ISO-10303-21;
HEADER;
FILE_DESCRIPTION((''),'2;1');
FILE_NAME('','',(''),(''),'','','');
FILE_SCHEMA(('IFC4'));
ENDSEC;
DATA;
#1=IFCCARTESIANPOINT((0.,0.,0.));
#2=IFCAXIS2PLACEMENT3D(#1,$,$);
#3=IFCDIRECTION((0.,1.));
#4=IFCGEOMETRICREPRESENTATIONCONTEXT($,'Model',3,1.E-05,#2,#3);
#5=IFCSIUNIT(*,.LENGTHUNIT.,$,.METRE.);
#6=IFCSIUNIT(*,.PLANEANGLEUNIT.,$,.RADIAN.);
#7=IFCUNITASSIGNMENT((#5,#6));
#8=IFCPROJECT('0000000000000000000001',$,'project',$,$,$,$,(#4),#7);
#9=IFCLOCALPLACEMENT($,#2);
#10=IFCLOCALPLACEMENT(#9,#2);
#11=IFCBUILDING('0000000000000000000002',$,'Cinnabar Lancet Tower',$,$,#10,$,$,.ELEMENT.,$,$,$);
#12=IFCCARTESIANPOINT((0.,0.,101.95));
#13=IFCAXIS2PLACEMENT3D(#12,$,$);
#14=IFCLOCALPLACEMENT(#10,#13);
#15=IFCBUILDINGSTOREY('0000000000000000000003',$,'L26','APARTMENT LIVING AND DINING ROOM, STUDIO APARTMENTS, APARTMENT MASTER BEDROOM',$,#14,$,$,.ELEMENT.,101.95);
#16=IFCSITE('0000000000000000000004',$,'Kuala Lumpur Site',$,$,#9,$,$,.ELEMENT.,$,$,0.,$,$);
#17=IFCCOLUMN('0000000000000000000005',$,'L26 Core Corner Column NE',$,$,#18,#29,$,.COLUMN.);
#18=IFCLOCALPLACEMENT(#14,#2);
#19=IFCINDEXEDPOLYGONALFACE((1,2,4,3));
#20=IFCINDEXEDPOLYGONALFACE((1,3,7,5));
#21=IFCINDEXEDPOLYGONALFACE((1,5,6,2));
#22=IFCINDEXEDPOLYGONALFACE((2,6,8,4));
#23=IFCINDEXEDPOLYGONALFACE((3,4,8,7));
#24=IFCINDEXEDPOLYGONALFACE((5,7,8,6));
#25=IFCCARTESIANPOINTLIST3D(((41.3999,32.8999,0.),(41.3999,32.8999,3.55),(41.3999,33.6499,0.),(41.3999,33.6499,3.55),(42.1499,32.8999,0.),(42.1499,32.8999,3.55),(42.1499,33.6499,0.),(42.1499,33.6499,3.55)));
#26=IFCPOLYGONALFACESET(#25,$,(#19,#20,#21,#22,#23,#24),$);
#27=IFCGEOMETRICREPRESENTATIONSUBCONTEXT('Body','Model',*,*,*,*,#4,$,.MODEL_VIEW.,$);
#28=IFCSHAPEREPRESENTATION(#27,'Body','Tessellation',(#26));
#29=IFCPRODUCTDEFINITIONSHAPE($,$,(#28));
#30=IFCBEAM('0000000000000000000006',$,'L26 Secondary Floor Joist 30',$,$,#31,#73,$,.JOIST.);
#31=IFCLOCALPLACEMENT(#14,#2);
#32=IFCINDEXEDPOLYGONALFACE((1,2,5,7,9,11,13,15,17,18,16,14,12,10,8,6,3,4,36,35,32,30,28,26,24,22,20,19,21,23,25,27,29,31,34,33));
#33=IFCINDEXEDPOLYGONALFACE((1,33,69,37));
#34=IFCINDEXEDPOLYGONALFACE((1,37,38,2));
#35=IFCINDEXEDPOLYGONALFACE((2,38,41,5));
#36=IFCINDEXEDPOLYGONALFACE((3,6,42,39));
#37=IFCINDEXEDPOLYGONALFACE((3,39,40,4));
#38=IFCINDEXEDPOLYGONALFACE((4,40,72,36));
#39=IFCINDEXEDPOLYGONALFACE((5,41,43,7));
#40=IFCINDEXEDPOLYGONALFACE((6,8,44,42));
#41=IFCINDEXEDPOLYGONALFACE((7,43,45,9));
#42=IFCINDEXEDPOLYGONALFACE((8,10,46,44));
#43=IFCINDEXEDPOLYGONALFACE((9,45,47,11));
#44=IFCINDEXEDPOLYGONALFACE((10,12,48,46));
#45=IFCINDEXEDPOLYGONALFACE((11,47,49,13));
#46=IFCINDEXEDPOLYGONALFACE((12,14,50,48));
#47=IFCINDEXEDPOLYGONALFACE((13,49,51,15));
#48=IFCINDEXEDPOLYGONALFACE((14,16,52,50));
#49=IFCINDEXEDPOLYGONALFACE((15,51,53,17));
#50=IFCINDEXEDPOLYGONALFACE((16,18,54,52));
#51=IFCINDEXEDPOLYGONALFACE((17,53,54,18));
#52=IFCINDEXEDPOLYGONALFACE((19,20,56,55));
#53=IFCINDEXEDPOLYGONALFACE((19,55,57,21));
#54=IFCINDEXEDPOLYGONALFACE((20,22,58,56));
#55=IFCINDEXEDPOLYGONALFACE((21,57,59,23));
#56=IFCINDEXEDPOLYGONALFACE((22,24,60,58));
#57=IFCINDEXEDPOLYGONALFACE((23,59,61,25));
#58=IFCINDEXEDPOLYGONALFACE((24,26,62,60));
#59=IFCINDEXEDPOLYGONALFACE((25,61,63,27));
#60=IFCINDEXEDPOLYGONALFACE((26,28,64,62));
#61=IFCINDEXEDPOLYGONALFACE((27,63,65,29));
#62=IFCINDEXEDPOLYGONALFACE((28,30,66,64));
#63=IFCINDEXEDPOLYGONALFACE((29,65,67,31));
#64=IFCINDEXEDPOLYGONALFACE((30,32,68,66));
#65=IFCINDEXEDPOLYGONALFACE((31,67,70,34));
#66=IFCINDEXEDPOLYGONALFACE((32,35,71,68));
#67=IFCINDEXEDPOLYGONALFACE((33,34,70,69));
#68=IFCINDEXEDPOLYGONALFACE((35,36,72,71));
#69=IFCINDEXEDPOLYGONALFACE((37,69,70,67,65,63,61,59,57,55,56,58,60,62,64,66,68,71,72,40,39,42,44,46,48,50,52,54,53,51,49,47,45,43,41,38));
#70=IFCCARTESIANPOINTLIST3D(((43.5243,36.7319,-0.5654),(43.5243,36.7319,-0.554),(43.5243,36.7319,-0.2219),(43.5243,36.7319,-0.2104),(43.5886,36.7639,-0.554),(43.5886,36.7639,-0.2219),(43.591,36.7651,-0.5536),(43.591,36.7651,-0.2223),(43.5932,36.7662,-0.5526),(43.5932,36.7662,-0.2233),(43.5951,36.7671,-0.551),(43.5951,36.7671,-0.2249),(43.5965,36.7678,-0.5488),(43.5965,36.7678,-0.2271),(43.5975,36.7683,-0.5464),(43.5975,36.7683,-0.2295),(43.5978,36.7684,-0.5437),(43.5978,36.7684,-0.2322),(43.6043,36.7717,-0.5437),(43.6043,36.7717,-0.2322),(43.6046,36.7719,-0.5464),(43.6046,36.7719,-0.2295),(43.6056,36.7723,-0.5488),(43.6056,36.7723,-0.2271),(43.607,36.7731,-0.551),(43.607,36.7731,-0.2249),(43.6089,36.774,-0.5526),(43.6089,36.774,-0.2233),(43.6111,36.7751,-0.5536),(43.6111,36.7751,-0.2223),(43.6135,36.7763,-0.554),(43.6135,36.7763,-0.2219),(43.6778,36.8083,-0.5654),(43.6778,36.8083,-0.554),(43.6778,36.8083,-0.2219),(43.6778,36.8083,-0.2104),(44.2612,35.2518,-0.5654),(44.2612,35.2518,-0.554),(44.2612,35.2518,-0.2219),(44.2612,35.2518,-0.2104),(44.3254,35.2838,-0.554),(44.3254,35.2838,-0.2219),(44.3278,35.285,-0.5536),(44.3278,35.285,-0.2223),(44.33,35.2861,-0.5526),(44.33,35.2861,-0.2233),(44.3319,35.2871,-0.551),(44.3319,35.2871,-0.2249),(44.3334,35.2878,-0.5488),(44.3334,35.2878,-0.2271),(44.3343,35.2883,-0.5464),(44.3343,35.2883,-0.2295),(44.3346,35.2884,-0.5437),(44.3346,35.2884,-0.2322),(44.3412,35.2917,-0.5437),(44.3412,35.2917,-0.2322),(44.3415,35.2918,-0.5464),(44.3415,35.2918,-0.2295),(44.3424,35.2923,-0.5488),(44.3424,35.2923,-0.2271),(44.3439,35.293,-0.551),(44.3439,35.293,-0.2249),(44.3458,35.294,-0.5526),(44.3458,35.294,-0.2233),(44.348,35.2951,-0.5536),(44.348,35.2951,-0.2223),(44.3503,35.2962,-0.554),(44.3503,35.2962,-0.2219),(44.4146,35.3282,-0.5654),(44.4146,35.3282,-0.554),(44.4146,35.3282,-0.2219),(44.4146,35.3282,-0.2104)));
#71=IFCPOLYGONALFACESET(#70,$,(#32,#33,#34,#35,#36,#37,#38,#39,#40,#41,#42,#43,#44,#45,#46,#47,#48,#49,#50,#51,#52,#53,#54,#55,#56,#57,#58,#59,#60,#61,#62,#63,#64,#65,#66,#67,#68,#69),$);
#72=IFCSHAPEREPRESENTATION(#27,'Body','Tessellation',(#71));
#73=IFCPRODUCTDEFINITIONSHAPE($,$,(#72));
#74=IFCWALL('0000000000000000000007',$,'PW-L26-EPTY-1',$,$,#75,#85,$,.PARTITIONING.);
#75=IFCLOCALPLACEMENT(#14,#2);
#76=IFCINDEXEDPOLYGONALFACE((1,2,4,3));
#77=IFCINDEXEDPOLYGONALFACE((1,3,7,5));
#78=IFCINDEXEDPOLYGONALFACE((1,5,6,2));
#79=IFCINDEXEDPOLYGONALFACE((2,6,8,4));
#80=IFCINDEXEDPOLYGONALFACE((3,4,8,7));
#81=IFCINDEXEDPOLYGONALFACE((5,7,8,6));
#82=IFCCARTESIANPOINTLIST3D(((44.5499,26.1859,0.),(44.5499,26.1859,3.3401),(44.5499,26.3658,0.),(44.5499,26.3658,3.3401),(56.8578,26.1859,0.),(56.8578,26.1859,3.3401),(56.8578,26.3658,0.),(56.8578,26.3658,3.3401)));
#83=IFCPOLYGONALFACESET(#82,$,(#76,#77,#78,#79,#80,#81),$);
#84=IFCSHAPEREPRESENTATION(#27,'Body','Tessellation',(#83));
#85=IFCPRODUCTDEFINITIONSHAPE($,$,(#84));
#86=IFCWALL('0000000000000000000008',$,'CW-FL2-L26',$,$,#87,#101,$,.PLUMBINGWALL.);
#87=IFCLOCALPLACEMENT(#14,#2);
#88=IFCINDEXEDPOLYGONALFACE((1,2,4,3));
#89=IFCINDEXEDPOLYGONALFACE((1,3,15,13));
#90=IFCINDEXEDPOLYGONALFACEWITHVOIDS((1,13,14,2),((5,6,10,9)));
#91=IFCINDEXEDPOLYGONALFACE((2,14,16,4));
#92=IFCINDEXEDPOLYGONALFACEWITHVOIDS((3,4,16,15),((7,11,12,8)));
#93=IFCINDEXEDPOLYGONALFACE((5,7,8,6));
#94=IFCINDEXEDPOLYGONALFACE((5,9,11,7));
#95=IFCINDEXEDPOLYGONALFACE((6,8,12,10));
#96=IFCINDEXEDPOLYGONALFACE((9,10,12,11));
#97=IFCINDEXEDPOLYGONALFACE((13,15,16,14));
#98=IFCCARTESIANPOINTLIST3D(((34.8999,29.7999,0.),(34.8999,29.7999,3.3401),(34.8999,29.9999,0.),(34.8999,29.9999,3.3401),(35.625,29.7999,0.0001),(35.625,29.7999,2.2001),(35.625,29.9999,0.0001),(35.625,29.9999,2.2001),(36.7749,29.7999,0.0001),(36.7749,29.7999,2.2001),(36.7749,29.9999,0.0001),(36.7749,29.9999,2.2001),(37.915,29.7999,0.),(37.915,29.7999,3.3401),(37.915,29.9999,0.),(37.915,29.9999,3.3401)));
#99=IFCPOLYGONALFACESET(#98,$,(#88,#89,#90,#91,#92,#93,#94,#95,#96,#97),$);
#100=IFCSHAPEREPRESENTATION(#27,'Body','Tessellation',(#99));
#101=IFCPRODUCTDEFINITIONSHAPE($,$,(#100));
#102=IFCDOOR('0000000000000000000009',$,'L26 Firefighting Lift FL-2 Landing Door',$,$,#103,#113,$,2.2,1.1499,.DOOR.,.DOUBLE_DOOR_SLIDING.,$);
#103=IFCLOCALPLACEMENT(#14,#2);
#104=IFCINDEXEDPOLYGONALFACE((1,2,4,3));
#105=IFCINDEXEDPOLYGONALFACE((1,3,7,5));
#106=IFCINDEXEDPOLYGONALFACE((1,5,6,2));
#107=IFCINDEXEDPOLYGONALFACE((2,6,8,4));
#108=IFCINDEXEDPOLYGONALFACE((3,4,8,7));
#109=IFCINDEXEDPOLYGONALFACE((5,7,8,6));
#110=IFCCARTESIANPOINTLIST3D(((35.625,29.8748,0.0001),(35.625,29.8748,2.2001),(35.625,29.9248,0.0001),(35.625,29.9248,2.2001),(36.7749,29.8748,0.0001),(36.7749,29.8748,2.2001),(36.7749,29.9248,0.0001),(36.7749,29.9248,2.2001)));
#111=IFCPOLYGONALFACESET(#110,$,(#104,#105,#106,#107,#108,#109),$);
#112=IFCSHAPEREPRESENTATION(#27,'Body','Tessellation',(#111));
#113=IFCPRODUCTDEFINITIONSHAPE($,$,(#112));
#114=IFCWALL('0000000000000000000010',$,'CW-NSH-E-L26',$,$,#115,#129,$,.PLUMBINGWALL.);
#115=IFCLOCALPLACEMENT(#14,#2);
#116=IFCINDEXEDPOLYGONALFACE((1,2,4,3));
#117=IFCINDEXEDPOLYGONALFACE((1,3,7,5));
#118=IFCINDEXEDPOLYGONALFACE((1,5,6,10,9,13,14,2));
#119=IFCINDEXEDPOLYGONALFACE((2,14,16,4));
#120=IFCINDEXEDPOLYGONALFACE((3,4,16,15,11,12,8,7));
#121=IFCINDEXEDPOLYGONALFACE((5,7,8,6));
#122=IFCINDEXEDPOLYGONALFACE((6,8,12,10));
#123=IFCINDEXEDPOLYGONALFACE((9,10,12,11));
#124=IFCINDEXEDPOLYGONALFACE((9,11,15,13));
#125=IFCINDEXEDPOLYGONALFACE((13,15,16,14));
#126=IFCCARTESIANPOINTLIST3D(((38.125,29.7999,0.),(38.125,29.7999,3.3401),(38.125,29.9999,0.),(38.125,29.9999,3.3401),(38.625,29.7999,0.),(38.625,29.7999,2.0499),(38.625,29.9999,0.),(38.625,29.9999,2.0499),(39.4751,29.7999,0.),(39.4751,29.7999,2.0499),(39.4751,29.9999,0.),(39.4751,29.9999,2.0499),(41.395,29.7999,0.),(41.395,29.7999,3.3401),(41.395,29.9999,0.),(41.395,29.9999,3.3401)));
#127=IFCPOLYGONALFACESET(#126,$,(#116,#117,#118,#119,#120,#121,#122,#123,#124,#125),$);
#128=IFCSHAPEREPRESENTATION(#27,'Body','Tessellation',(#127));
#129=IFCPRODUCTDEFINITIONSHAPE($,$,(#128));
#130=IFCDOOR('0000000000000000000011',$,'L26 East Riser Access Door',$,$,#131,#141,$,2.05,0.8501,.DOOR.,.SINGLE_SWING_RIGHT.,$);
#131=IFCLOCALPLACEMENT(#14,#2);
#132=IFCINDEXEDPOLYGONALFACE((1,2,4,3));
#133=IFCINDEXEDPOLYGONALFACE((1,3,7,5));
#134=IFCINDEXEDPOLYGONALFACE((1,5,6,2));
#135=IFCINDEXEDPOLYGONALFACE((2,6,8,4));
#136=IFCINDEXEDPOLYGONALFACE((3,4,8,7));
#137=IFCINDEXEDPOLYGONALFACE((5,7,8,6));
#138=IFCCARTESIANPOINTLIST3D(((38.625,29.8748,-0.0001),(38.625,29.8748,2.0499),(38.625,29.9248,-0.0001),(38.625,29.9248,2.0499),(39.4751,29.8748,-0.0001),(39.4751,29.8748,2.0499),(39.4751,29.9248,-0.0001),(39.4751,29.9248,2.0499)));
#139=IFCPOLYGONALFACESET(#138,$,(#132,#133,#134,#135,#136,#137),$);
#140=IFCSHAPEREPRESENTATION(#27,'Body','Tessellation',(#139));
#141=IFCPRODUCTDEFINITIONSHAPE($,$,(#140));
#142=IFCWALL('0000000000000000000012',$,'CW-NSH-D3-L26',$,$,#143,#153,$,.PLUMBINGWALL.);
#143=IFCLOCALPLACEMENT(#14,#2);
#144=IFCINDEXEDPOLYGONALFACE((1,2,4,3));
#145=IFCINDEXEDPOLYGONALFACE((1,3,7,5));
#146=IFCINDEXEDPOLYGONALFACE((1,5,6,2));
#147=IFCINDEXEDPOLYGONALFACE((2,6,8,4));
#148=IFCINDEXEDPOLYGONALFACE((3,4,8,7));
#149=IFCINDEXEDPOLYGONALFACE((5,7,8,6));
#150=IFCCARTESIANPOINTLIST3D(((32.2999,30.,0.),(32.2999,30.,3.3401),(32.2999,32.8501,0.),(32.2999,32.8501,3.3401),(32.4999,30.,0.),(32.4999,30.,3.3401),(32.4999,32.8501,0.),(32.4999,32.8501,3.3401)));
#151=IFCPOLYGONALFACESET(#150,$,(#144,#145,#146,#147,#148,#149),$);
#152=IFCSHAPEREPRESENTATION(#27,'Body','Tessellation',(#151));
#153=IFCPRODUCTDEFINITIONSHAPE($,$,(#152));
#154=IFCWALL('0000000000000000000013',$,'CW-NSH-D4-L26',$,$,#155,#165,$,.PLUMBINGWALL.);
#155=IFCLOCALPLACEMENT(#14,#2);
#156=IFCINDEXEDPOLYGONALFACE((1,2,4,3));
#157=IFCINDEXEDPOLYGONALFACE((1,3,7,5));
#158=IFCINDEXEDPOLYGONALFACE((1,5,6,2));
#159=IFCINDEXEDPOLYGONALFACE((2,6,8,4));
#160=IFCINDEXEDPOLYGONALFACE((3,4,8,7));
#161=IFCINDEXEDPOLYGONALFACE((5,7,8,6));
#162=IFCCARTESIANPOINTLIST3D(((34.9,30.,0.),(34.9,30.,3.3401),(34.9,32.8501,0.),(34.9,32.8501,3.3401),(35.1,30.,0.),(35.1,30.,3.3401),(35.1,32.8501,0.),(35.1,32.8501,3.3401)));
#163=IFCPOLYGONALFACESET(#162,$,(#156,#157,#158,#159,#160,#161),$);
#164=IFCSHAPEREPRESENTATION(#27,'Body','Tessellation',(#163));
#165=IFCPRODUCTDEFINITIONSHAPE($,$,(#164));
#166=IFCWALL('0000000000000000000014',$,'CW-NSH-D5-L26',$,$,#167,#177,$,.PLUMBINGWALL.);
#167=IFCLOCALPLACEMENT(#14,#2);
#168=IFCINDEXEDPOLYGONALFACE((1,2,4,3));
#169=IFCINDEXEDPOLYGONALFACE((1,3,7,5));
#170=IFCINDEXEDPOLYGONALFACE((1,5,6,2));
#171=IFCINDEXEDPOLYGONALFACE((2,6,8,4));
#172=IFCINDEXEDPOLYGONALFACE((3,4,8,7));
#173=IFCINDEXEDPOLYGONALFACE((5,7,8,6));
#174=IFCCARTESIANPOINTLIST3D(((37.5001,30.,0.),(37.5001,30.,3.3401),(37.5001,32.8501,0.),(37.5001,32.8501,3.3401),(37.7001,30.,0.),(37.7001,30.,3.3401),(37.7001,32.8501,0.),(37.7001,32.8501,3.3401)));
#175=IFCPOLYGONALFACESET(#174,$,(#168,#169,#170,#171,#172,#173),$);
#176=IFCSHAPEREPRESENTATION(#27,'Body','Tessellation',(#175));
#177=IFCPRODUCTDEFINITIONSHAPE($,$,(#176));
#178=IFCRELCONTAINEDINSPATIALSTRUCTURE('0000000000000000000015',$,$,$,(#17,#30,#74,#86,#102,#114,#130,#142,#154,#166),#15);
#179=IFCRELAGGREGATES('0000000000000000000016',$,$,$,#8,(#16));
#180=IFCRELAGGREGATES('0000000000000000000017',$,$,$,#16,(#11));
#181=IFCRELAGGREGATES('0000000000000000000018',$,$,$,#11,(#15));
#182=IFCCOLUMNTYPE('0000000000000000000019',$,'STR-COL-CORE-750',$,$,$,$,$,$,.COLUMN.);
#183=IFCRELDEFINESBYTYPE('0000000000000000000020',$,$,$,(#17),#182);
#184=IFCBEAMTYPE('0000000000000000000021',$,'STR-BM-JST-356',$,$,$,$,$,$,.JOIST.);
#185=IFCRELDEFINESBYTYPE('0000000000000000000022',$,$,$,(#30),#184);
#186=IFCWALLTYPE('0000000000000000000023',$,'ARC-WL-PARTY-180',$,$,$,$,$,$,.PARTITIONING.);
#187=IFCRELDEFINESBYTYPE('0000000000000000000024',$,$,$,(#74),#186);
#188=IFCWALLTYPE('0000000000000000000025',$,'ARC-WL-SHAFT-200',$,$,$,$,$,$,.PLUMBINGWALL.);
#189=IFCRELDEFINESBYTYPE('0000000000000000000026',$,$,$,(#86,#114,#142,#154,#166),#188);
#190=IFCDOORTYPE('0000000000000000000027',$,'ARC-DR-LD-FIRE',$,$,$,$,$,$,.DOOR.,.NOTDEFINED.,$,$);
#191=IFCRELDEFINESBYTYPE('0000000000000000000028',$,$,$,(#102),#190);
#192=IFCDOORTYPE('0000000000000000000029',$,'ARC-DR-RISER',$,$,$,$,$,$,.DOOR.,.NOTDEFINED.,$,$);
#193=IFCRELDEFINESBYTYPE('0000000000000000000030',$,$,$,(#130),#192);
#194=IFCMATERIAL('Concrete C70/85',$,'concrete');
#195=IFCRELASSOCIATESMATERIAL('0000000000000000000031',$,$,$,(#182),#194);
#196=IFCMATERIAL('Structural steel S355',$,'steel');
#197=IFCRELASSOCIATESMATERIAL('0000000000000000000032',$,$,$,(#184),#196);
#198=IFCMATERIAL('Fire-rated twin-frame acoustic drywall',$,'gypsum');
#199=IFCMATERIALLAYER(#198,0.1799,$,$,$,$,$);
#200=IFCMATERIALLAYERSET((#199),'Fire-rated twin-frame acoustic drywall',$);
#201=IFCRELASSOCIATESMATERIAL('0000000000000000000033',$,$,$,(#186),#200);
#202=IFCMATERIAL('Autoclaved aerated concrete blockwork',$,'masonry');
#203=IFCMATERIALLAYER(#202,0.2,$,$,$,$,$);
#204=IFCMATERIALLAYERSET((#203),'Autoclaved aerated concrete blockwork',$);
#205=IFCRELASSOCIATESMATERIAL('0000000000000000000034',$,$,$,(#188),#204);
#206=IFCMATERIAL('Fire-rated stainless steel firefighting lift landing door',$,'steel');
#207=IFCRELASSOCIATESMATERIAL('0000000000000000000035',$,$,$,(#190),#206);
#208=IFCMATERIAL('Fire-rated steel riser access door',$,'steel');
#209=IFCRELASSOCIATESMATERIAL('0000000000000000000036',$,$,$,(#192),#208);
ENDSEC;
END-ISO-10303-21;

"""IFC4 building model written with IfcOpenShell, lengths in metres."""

from ifc_helpers import new_model, si_unit, direction, frame, frame_2d, origin, origin_2d, place, context, subcontext, project, spatial, rectangle, i_section, extrude, material, layer, layer_set, material_profile, profile_set, type_object, element, fill, save


model = new_model("IFC4")

# Units and contexts
model_context = context("Model", 3, precision=1e-05, world=origin(), true_north=direction((0.0, 1.0)))
body_context = subcontext(model_context, "Body", "Model", "MODEL_VIEW")
ifc_project = project(units=[si_unit("LENGTHUNIT", "METRE"), si_unit("PLANEANGLEUNIT", "RADIAN")], contexts=[model_context])

# Site, building, storey
site_placement = place(None, origin())
site = spatial("IfcSite", under=ifc_project, at=site_placement, Name="Kuala Lumpur Site", CompositionType="ELEMENT", RefElevation=0.0)
building_placement = place(site_placement, origin())
building = spatial("IfcBuilding", under=site, at=building_placement, Name="Cinnabar Lancet Tower", CompositionType="ELEMENT")
storey_placement = place(building_placement, frame((0.0, 0.0, 101.95)))
storey = spatial("IfcBuildingStorey", under=building, at=storey_placement, Name="L26", Description="APARTMENT LIVING AND DINING ROOM, STUDIO APARTMENTS, APARTMENT MASTER BEDROOM", CompositionType="ELEMENT", Elevation=101.95)

# Column
ifc_material_1 = material(Name="Concrete C70/85", Category="concrete")
ifc_material_profile_1 = material_profile(ifc_material_1, rectangle(XDim=0.75, YDim=0.75, at=origin_2d()), Name="RC-COL 750x750")
ifc_profile_set_1 = profile_set([ifc_material_profile_1], Name="Concrete C70/85")
column_type = type_object("IfcColumnType", Name="STR-COL-CORE-750", PredefinedType="COLUMN", material=ifc_profile_set_1)
column_placement = place(storey_placement, frame((41.7749, 33.2749, 0.0), z_axis=(0.0, 0.0, 1.0), x_axis=(1.0, 0.0, 0.0)))
element("IfcColumn", 1, at=column_placement, inside=storey, type_object=column_type, Name="L26 Core Corner Column NE", PredefinedType="COLUMN", context=body_context, shape_type="SweptSolid", body=[
    extrude(rectangle(XDim=0.75, YDim=0.75, at=origin_2d()), origin(), (0.0, 0.0, 1.0), 3.55),
])

# Beam
ifc_material_2 = material(Name="Structural steel S355", Category="steel")
ifc_material_profile_2 = material_profile(ifc_material_2, i_section(OverallWidth=0.1714, OverallDepth=0.355, WebThickness=0.0073, FlangeThickness=0.0115, FilletRadius=0.0103, at=origin_2d()), Name="UKB 356x171x51")
ifc_profile_set_2 = profile_set([ifc_material_profile_2], Name="Structural steel S355")
beam_type = type_object("IfcBeamType", Name="STR-BM-JST-356", PredefinedType="JOIST", material=ifc_profile_set_2)
beam_placement = place(storey_placement, frame((44.3379, 35.29, -0.3879), z_axis=(-0.445677, 0.895194, 0.0), x_axis=(-0.895194, -0.445677, 0.0)))
element("IfcBeam", 2, at=beam_placement, inside=storey, type_object=beam_type, Name="L26 Secondary Floor Joist 30", PredefinedType="JOIST", context=body_context, shape_type="SweptSolid", body=[
    extrude(i_section(OverallWidth=0.1714, OverallDepth=0.355, WebThickness=0.0073, FlangeThickness=0.0115, FilletRadius=0.0103, at=origin_2d()), origin(), (0.0, 0.0, 1.0), 1.6533),
])

# Wall
ifc_material_3 = material(Name="Fire-rated twin-frame acoustic drywall", Category="gypsum")
ifc_layer_1 = layer(ifc_material_3, 0.1799)
ifc_layer_set_1 = layer_set([ifc_layer_1], Name="Fire-rated twin-frame acoustic drywall")
wall_type_1 = type_object("IfcWallType", Name="ARC-WL-PARTY-180", PredefinedType="PARTITIONING", material=ifc_layer_set_1)
wall_1_placement = place(storey_placement, frame((44.55, 26.2759, 0.0), z_axis=(0.0, 0.0, 1.0), x_axis=(1.0, 0.0, 0.0)))
element("IfcWall", 3, at=wall_1_placement, inside=storey, type_object=wall_type_1, Name="PW-L26-EPTY-1", PredefinedType="PARTITIONING", context=body_context, shape_type="SweptSolid", body=[
    extrude(rectangle(XDim=12.3079, YDim=0.1799, at=frame_2d((6.1538, 0.0))), origin(), (0.0, 0.0, 1.0), 3.3401),
])

# Walls, openings, doors
ifc_material_4 = material(Name="Autoclaved aerated concrete blockwork", Category="masonry")
ifc_layer_2 = layer(ifc_material_4, 0.2)
ifc_layer_set_2 = layer_set([ifc_layer_2], Name="Autoclaved aerated concrete blockwork")
wall_type_2 = type_object("IfcWallType", Name="ARC-WL-SHAFT-200", PredefinedType="PLUMBINGWALL", material=ifc_layer_set_2)
wall_2_placement = place(storey_placement, frame((34.8999, 29.8999, 0.0), z_axis=(0.0, 0.0, 1.0), x_axis=(1.0, 0.0, 0.0)))
wall_2 = element("IfcWall", 4, at=wall_2_placement, inside=storey, type_object=wall_type_2, Name="CW-FL2-L26", PredefinedType="PLUMBINGWALL", context=body_context, shape_type="SweptSolid", body=[
    extrude(rectangle(XDim=3.0151, YDim=0.2, at=frame_2d((1.5076, 0.0))), origin(), (0.0, 0.0, 1.0), 3.3401),
])
opening_1_placement = place(wall_2_placement, frame((0.7251, 0.0, 0.0)))
opening_1 = element("IfcOpeningElement", 5, at=opening_1_placement, cuts=wall_2, PredefinedType="OPENING", context=body_context, shape_type="SweptSolid", body=[
    extrude(rectangle(XDim=1.1499, YDim=2.2, at=frame_2d((0.575, 1.1001))), frame((0.0, 0.1099, 0.0), z_axis=(0.0, -1.0, 0.0), x_axis=(1.0, 0.0, 0.0)), (0.0, 0.0, 1.0), 0.22),
])
ifc_material_5 = material(Name="Fire-rated stainless steel firefighting lift landing door", Category="steel")
door_type_1 = type_object("IfcDoorType", Name="ARC-DR-LD-FIRE", OperationType="NOTDEFINED", PredefinedType="DOOR", material=ifc_material_5)
door_1_placement = place(opening_1_placement, origin())
door_1 = element("IfcDoor", 6, at=door_1_placement, inside=storey, type_object=door_type_1, Name="L26 Firefighting Lift FL-2 Landing Door", OperationType="DOUBLE_DOOR_SLIDING", OverallHeight=2.2, OverallWidth=1.1499, PredefinedType="DOOR", context=body_context, shape_type="SweptSolid", body=[
    extrude(rectangle(XDim=1.1499, YDim=2.2, at=frame_2d((0.575, 1.1001))), frame((0.0, 0.0249, 0.0), z_axis=(0.0, -1.0, 0.0), x_axis=(1.0, 0.0, 0.0)), (0.0, 0.0, 1.0), 0.05),
])
fill(opening_1, door_1)
wall_3_placement = place(storey_placement, frame((38.125, 29.8999, 0.0), z_axis=(0.0, 0.0, 1.0), x_axis=(1.0, 0.0, 0.0)))
wall_3 = element("IfcWall", 7, at=wall_3_placement, inside=storey, type_object=wall_type_2, Name="CW-NSH-E-L26", PredefinedType="PLUMBINGWALL", context=body_context, shape_type="SweptSolid", body=[
    extrude(rectangle(XDim=3.27, YDim=0.2, at=frame_2d((1.635, 0.0))), origin(), (0.0, 0.0, 1.0), 3.3401),
])
opening_2_placement = place(wall_3_placement, frame((0.5, 0.0, 0.0)))
opening_2 = element("IfcOpeningElement", 8, at=opening_2_placement, cuts=wall_3, PredefinedType="OPENING", context=body_context, shape_type="SweptSolid", body=[
    extrude(rectangle(XDim=0.8501, YDim=2.05, at=frame_2d((0.425, 1.0249))), frame((0.0, 0.1099, 0.0), z_axis=(0.0, -1.0, 0.0), x_axis=(1.0, 0.0, 0.0)), (0.0, 0.0, 1.0), 0.22),
])
ifc_material_6 = material(Name="Fire-rated steel riser access door", Category="steel")
door_type_2 = type_object("IfcDoorType", Name="ARC-DR-RISER", OperationType="NOTDEFINED", PredefinedType="DOOR", material=ifc_material_6)
door_2_placement = place(opening_2_placement, origin())
door_2 = element("IfcDoor", 9, at=door_2_placement, inside=storey, type_object=door_type_2, Name="L26 East Riser Access Door", OperationType="SINGLE_SWING_RIGHT", OverallHeight=2.05, OverallWidth=0.8501, PredefinedType="DOOR", context=body_context, shape_type="SweptSolid", body=[
    extrude(rectangle(XDim=0.8501, YDim=2.05, at=frame_2d((0.425, 1.0249))), frame((0.0, 0.0249, 0.0), z_axis=(0.0, -1.0, 0.0), x_axis=(1.0, 0.0, 0.0)), (0.0, 0.0, 1.0), 0.05),
])
fill(opening_2, door_2)

# Walls
for number, where, z_axis, x_axis, name in (
    (10, (32.3999, 30.0, 0.0), (0.0, 0.0, 1.0), (0.0, 1.0, 0.0), "CW-NSH-D3-L26"),
    (11, (35.0, 30.0, 0.0), (0.0, 0.0, 1.0), (0.0, 1.0, 0.0), "CW-NSH-D4-L26"),
    (12, (37.6001, 30.0, 0.0), (0.0, 0.0, 1.0), (0.0, 1.0, 0.0), "CW-NSH-D5-L26"),
):
    element("IfcWall", number, at=place(storey_placement, frame(where, z_axis=z_axis, x_axis=x_axis)), inside=storey, type_object=wall_type_2, Name=name, PredefinedType="PLUMBINGWALL", context=body_context, shape_type="SweptSolid", body=[
        extrude(rectangle(XDim=2.8501, YDim=0.2, at=frame_2d((1.425, 0.0))), origin(), (0.0, 0.0, 1.0), 3.3401),
    ])

save(model, "model.ifc")
